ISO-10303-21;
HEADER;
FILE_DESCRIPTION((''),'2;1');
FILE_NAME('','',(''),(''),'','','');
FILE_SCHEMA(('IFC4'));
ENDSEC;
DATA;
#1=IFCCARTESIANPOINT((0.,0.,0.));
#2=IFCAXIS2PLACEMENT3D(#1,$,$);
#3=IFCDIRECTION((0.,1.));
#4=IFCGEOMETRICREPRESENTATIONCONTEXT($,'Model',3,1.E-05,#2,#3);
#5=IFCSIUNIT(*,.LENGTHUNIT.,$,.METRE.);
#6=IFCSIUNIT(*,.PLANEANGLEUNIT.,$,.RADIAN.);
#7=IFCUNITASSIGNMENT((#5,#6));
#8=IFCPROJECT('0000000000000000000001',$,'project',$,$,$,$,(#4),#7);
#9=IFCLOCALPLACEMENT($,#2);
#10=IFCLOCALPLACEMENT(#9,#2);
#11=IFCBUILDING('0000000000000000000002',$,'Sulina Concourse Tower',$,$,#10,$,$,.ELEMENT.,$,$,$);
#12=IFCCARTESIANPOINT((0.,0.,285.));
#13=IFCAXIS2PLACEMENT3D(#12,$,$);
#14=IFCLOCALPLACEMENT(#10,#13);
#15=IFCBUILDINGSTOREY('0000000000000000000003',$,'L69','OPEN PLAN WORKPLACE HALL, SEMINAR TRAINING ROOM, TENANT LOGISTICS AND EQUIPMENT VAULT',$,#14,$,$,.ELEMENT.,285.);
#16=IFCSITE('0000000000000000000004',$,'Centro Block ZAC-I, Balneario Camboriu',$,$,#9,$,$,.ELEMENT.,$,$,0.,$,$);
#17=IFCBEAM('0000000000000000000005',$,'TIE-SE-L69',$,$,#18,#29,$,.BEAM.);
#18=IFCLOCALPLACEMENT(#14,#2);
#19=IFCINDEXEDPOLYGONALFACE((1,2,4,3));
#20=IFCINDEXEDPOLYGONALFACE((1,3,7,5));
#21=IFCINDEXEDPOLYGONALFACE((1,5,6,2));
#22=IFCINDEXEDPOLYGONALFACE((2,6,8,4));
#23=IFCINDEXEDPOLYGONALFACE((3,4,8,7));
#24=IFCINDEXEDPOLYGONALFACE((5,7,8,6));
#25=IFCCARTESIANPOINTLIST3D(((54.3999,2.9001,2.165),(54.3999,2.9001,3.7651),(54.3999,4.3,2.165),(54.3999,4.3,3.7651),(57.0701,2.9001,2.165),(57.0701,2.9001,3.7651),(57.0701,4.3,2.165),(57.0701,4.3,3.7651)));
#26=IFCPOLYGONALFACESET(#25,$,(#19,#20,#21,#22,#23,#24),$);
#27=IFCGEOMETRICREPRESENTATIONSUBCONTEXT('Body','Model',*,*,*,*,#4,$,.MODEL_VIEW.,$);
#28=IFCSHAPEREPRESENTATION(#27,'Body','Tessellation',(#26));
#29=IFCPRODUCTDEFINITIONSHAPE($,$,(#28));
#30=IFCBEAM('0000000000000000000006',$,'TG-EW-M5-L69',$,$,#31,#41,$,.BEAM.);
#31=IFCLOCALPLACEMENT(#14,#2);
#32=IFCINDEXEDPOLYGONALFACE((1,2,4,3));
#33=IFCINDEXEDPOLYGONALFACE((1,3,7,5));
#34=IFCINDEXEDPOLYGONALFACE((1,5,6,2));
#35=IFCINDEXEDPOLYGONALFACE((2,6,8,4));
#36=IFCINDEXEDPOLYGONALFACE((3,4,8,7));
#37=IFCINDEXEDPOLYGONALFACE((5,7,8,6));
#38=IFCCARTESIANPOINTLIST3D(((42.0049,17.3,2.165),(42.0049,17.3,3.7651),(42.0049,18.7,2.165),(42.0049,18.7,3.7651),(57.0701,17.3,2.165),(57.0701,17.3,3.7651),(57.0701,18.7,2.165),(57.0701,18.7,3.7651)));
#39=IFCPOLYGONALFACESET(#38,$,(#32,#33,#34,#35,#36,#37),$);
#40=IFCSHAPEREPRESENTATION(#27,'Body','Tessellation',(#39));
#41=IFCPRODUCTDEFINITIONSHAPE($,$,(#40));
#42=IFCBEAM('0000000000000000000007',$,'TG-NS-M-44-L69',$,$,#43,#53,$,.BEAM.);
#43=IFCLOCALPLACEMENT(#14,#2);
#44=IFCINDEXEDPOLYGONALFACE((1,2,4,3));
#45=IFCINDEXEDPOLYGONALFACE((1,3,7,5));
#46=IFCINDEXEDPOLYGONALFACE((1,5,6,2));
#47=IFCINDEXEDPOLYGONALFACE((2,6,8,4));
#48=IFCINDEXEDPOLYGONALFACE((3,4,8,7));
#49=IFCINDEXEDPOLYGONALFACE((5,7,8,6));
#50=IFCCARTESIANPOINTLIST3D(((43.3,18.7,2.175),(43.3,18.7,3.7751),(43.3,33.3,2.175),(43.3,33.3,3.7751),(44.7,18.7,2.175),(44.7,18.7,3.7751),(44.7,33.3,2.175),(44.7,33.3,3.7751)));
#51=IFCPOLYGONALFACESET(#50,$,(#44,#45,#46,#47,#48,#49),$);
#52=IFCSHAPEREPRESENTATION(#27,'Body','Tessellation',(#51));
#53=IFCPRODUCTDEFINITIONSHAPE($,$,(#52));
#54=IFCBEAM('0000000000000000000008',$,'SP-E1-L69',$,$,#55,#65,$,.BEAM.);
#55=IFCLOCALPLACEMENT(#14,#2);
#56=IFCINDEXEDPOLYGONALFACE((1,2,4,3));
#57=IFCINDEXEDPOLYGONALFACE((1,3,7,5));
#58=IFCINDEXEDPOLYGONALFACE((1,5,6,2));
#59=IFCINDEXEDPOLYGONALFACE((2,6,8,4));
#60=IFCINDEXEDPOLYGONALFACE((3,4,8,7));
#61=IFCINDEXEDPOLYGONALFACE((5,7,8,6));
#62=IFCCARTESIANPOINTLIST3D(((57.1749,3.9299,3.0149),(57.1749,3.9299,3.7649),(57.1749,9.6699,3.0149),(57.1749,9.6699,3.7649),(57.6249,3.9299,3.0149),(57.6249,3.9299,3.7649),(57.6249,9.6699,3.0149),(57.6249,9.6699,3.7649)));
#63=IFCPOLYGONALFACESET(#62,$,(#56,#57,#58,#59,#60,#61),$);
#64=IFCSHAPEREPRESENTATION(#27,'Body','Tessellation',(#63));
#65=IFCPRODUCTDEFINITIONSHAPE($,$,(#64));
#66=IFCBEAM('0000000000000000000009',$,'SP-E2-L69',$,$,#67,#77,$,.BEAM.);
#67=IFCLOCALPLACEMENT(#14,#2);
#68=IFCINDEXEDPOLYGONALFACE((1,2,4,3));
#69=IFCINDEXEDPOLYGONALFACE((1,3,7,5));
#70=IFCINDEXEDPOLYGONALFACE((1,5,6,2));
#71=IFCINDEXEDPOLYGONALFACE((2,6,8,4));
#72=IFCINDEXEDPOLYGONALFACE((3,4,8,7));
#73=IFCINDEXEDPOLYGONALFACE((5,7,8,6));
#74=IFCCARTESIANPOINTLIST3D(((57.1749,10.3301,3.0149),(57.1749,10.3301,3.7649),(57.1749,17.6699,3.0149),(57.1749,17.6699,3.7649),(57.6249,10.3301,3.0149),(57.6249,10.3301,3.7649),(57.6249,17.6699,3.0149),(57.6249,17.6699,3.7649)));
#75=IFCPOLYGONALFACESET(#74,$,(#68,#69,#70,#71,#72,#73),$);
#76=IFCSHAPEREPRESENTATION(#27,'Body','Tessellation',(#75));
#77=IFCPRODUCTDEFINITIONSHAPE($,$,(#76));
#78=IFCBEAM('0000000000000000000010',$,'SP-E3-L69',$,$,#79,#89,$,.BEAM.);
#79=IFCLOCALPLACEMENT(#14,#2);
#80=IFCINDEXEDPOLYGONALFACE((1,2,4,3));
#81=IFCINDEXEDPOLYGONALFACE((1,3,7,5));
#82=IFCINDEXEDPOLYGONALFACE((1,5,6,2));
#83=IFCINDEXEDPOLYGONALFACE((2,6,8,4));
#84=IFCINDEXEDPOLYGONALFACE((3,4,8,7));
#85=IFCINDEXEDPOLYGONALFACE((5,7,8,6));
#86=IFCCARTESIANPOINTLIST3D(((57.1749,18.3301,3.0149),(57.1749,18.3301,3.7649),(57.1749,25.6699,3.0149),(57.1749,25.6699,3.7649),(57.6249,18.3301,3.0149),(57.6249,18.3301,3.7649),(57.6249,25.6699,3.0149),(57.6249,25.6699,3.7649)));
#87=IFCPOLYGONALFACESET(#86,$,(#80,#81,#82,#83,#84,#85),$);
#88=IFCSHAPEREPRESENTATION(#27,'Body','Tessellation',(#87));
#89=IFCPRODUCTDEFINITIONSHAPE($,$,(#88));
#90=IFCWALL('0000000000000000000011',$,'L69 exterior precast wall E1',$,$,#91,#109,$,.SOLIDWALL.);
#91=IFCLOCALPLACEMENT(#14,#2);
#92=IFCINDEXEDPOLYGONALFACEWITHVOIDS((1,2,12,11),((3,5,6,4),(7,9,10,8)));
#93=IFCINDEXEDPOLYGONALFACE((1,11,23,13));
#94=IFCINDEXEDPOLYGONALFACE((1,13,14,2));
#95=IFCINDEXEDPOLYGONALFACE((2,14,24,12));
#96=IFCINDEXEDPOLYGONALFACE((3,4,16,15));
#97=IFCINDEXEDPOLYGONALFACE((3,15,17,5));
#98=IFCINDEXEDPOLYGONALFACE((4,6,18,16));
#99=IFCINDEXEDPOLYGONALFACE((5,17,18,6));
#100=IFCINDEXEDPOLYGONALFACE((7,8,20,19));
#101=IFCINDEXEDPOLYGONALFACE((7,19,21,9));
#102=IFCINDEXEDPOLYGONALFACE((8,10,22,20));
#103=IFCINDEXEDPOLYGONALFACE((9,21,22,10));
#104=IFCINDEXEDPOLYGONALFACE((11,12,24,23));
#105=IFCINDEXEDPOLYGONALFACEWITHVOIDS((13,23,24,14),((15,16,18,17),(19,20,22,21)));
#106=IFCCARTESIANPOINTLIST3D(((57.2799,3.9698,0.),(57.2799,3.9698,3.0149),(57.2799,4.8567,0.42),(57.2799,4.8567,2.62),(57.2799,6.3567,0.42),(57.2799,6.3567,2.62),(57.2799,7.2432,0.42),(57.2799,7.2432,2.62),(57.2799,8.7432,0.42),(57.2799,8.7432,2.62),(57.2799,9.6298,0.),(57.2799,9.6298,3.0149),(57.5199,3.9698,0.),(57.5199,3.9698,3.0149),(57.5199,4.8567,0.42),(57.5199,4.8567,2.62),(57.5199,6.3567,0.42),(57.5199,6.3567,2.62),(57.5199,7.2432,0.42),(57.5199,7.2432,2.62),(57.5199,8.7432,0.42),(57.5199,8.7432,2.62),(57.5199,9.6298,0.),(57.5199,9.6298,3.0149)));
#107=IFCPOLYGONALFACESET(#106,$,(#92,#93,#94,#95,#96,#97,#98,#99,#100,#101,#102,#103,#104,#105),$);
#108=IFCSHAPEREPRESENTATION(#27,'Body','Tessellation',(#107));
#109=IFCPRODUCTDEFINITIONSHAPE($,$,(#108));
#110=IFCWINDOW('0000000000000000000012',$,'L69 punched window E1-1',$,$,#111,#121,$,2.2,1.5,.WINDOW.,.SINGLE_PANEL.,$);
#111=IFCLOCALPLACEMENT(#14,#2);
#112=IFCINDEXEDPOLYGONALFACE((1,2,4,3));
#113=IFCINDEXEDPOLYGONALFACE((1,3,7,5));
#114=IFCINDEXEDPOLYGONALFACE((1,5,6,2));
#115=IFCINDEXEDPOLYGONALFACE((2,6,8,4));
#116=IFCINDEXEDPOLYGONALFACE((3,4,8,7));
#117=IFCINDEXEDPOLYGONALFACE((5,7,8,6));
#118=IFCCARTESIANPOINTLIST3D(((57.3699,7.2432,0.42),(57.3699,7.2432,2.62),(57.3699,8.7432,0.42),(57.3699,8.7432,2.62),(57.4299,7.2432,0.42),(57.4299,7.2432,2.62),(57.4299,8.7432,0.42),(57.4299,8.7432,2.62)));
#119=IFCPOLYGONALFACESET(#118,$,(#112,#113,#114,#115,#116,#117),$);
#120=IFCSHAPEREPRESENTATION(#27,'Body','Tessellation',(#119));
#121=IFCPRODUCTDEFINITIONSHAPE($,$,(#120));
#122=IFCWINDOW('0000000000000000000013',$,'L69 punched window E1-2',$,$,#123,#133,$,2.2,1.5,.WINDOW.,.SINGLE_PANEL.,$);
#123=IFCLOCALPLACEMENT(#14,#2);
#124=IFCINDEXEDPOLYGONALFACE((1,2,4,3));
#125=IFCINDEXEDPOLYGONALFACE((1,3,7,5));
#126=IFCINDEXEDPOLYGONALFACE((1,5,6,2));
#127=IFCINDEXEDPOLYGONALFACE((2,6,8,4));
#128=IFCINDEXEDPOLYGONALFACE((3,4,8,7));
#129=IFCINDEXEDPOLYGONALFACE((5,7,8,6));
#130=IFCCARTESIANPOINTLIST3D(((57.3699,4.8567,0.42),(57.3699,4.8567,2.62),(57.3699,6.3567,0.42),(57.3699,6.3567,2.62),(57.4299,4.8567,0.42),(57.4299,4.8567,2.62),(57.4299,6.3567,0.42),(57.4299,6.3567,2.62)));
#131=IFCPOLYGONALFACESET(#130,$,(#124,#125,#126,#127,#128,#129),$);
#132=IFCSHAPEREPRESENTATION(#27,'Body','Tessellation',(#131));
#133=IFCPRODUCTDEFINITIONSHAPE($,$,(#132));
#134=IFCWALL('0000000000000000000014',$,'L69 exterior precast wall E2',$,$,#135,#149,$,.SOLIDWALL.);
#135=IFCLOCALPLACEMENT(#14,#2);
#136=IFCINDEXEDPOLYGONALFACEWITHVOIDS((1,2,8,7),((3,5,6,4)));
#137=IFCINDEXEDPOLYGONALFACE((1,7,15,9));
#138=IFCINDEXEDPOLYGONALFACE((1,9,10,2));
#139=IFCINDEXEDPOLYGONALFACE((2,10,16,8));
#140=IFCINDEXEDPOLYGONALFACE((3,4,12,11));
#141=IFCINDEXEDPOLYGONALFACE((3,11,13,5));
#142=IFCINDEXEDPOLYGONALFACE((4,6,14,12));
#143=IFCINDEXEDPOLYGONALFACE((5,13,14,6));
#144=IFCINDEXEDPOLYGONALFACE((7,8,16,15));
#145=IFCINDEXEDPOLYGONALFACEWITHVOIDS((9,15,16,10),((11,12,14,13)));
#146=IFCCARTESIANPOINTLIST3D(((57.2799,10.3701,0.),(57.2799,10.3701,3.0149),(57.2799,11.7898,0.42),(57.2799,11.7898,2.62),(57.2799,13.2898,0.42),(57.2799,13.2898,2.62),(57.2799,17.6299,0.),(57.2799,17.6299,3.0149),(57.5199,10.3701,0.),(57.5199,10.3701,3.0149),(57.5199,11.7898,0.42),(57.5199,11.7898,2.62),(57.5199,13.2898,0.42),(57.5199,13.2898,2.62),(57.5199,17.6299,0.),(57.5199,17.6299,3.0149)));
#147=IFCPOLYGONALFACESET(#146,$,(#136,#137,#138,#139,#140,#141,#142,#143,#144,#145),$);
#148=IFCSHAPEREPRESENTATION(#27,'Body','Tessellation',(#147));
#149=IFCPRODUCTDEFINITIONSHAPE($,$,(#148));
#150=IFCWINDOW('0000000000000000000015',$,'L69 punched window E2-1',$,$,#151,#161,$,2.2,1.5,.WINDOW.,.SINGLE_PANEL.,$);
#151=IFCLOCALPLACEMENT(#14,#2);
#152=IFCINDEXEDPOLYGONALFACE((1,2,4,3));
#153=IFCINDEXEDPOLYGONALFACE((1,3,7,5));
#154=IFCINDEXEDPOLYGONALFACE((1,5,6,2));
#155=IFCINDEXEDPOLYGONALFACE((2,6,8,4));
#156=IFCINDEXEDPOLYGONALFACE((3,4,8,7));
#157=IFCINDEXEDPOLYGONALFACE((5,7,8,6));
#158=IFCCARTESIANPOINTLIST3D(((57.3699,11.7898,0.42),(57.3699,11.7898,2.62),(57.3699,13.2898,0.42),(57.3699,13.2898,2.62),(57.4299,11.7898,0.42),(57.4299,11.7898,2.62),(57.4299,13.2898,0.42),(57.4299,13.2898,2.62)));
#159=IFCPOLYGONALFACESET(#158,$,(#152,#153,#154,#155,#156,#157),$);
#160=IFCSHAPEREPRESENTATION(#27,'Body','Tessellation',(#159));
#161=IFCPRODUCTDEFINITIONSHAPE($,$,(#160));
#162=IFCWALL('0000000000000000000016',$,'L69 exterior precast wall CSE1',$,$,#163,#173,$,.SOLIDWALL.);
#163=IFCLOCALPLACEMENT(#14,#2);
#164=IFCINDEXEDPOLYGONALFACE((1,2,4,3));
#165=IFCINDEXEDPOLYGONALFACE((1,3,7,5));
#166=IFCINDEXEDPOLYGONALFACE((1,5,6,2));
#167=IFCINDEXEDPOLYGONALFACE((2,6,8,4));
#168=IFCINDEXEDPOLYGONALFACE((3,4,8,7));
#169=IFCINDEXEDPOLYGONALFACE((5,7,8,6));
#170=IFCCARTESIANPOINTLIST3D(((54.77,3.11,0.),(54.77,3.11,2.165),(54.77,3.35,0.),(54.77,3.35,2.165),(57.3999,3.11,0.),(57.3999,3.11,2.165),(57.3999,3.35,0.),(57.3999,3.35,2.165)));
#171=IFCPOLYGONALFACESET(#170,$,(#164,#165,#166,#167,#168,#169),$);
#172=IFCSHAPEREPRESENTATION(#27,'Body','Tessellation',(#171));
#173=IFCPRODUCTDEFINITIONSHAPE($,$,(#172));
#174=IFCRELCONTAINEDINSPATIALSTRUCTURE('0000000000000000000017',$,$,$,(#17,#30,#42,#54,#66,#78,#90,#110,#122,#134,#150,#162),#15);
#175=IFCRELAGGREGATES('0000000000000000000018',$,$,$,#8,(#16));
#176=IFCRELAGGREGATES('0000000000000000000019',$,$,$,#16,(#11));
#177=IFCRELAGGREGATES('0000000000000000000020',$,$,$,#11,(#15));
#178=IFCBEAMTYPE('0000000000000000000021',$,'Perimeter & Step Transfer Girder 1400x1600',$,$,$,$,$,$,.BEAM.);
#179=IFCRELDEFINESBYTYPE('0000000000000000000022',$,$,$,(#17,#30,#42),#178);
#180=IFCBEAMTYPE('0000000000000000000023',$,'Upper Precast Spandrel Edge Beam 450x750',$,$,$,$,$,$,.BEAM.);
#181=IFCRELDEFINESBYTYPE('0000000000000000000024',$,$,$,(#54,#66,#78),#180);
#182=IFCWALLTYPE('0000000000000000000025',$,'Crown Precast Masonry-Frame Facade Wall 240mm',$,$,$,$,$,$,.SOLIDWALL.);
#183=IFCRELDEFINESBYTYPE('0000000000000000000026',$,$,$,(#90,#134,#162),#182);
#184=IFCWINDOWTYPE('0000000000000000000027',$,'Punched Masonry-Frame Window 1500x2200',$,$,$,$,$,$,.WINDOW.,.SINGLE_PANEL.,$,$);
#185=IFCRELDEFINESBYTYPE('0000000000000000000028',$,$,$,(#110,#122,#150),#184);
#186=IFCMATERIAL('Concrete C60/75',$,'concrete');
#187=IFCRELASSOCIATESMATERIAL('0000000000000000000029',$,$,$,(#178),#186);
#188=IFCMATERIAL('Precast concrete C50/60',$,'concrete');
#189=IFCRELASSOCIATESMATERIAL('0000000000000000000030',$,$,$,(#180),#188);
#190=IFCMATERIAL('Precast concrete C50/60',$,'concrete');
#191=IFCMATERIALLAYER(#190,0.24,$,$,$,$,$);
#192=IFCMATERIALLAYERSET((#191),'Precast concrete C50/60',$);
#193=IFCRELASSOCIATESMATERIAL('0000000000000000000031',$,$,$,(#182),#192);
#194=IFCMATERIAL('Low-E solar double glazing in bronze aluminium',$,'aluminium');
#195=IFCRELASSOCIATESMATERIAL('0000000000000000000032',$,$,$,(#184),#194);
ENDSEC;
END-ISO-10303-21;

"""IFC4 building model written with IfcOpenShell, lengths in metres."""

from ifc_helpers import new_model, si_unit, direction, frame, frame_2d, origin, origin_2d, place, context, subcontext, project, spatial, rectangle, extrude, material, layer, layer_set, material_profile, profile_set, type_object, element, fill, save


model = new_model("IFC4")

# Units and contexts
model_context = context("Model", 3, precision=1e-05, world=origin(), true_north=direction((0.0, 1.0)))
body_context = subcontext(model_context, "Body", "Model", "MODEL_VIEW")
ifc_project = project(units=[si_unit("LENGTHUNIT", "METRE"), si_unit("PLANEANGLEUNIT", "RADIAN")], contexts=[model_context])

# Site, building, storey
site_placement = place(None, origin())
site = spatial("IfcSite", under=ifc_project, at=site_placement, Name="Centro Block ZAC-I, Balneario Camboriu", CompositionType="ELEMENT", RefElevation=0.0)
building_placement = place(site_placement, origin())
building = spatial("IfcBuilding", under=site, at=building_placement, Name="Sulina Concourse Tower", CompositionType="ELEMENT")
storey_placement = place(building_placement, frame((0.0, 0.0, 285.0)))
storey = spatial("IfcBuildingStorey", under=building, at=storey_placement, Name="L69", Description="OPEN PLAN WORKPLACE HALL, SEMINAR TRAINING ROOM, TENANT LOGISTICS AND EQUIPMENT VAULT", CompositionType="ELEMENT", Elevation=285.0)

# Beams
ifc_material_1 = material(Name="Concrete C60/75", Category="concrete")
ifc_material_profile_1 = material_profile(ifc_material_1, rectangle(XDim=1.3999, YDim=1.6001, at=origin_2d()), Name="RC 1400x1600")
ifc_profile_set_1 = profile_set([ifc_material_profile_1], Name="Concrete C60/75")
beam_type_1 = type_object("IfcBeamType", Name="Perimeter & Step Transfer Girder 1400x1600", PredefinedType="BEAM", material=ifc_profile_set_1)
beam_1_placement = place(storey_placement, frame((54.3999, 3.6001, 2.9651), z_axis=(1.0, 0.0, 0.0), x_axis=(0.0, 1.0, 0.0)))
element("IfcBeam", 1, at=beam_1_placement, inside=storey, type_object=beam_type_1, Name="TIE-SE-L69", PredefinedType="BEAM", context=body_context, shape_type="SweptSolid", body=[
    extrude(rectangle(XDim=1.3999, YDim=1.6001, at=origin_2d()), origin(), (0.0, 0.0, 1.0), 2.6702),
])
beam_2_placement = place(storey_placement, frame((42.0049, 18.0, 2.9651), z_axis=(1.0, 0.0, 0.0), x_axis=(0.0, 1.0, 0.0)))
element("IfcBeam", 2, at=beam_2_placement, inside=storey, type_object=beam_type_1, Name="TG-EW-M5-L69", PredefinedType="BEAM", context=body_context, shape_type="SweptSolid", body=[
    extrude(rectangle(XDim=1.3999, YDim=1.6001, at=origin_2d()), origin(), (0.0, 0.0, 1.0), 15.0652),
])
beam_3_placement = place(storey_placement, frame((44.0, 18.7, 2.9751), z_axis=(0.0, 1.0, 0.0), x_axis=(-1.0, 0.0, 0.0)))
element("IfcBeam", 3, at=beam_3_placement, inside=storey, type_object=beam_type_1, Name="TG-NS-M-44-L69", PredefinedType="BEAM", context=body_context, shape_type="SweptSolid", body=[
    extrude(rectangle(XDim=1.3999, YDim=1.6001, at=origin_2d()), origin(), (0.0, 0.0, 1.0), 14.6001),
])
ifc_material_2 = material(Name="Precast concrete C50/60", Category="concrete")
ifc_material_profile_2 = material_profile(ifc_material_2, rectangle(XDim=0.45, YDim=0.75, at=origin_2d()), Name="RC 450x750")
ifc_profile_set_2 = profile_set([ifc_material_profile_2], Name="Precast concrete C50/60")
beam_type_2 = type_object("IfcBeamType", Name="Upper Precast Spandrel Edge Beam 450x750", PredefinedType="BEAM", material=ifc_profile_set_2)
beam_4_placement = place(storey_placement, frame((57.3999, 3.9299, 3.3899), z_axis=(0.0, 1.0, 0.0), x_axis=(-1.0, 0.0, 0.0)))
element("IfcBeam", 4, at=beam_4_placement, inside=storey, type_object=beam_type_2, Name="SP-E1-L69", PredefinedType="BEAM", context=body_context, shape_type="SweptSolid", body=[
    extrude(rectangle(XDim=0.45, YDim=0.75, at=origin_2d()), origin(), (0.0, 0.0, 1.0), 5.74),
])
for number, where, z_axis, x_axis, name in (
    (5, (57.3999, 10.3301, 3.3899), (0.0, 1.0, 0.0), (-1.0, 0.0, 0.0), "SP-E2-L69"),
    (6, (57.3999, 18.3301, 3.3899), (0.0, 1.0, 0.0), (-1.0, 0.0, 0.0), "SP-E3-L69"),
):
    element("IfcBeam", number, at=place(storey_placement, frame(where, z_axis=z_axis, x_axis=x_axis)), inside=storey, type_object=beam_type_2, Name=name, PredefinedType="BEAM", context=body_context, shape_type="SweptSolid", body=[
        extrude(rectangle(XDim=0.45, YDim=0.75, at=origin_2d()), origin(), (0.0, 0.0, 1.0), 7.3398),
    ])

# Wall, openings, windows
ifc_material_3 = material(Name="Precast concrete C50/60", Category="concrete")
ifc_layer_1 = layer(ifc_material_3, 0.24)
ifc_layer_set_1 = layer_set([ifc_layer_1], Name="Precast concrete C50/60")
wall_type_1 = type_object("IfcWallType", Name="Crown Precast Masonry-Frame Facade Wall 240mm", PredefinedType="SOLIDWALL", material=ifc_layer_set_1)
wall_1_placement = place(storey_placement, frame((57.3999, 9.6299, 0.0), z_axis=(0.0, 0.0, 1.0), x_axis=(0.0, -1.0, 0.0)))
wall_1 = element("IfcWall", 7, at=wall_1_placement, inside=storey, type_object=wall_type_1, Name="L69 exterior precast wall E1", PredefinedType="SOLIDWALL", context=body_context, shape_type="SweptSolid", body=[
    extrude(rectangle(XDim=5.6599, YDim=0.24, at=frame_2d((2.8301, 0.0))), origin(), (0.0, 0.0, 1.0), 3.0149),
])
opening_1_placement = place(wall_1_placement, frame((0.8867, 0.0, 0.4199)))
opening_1 = element("IfcOpeningElement", 8, at=opening_1_placement, cuts=wall_1, PredefinedType="OPENING", context=body_context, shape_type="SweptSolid", body=[
    extrude(rectangle(XDim=1.5, YDim=2.2, at=frame_2d((0.75, 1.1001))), frame((0.0, 0.1299, 0.0), z_axis=(0.0, -1.0, 0.0), x_axis=(1.0, 0.0, 0.0)), (0.0, 0.0, 1.0), 0.26),
])
opening_2_placement = place(wall_1_placement, frame((3.2732, 0.0, 0.4199)))
opening_2 = element("IfcOpeningElement", 9, at=opening_2_placement, cuts=wall_1, PredefinedType="OPENING", context=body_context, shape_type="SweptSolid", body=[
    extrude(rectangle(XDim=1.5, YDim=2.2, at=frame_2d((0.75, 1.1001))), frame((0.0, 0.1299, 0.0), z_axis=(0.0, -1.0, 0.0), x_axis=(1.0, 0.0, 0.0)), (0.0, 0.0, 1.0), 0.26),
])
ifc_material_4 = material(Name="Low-E solar double glazing in bronze aluminium", Category="aluminium")
window_type = type_object("IfcWindowType", Name="Punched Masonry-Frame Window 1500x2200", PartitioningType="SINGLE_PANEL", PredefinedType="WINDOW", material=ifc_material_4)
window_1_placement = place(opening_1_placement, origin())
window_1 = element("IfcWindow", 10, at=window_1_placement, inside=storey, type_object=window_type, Name="L69 punched window E1-1", OverallHeight=2.2, OverallWidth=1.5, PartitioningType="SINGLE_PANEL", PredefinedType="WINDOW", context=body_context, shape_type="SweptSolid", body=[
    extrude(rectangle(XDim=1.5, YDim=2.2, at=frame_2d((0.75, 1.1001))), frame((0.0, 0.03, 0.0), z_axis=(0.0, -1.0, 0.0), x_axis=(1.0, 0.0, 0.0)), (0.0, 0.0, 1.0), 0.0601),
])
fill(opening_1, window_1)
window_2_placement = place(opening_2_placement, origin())
window_2 = element("IfcWindow", 11, at=window_2_placement, inside=storey, type_object=window_type, Name="L69 punched window E1-2", OverallHeight=2.2, OverallWidth=1.5, PartitioningType="SINGLE_PANEL", PredefinedType="WINDOW", context=body_context, shape_type="SweptSolid", body=[
    extrude(rectangle(XDim=1.5, YDim=2.2, at=frame_2d((0.75, 1.1001))), frame((0.0, 0.03, 0.0), z_axis=(0.0, -1.0, 0.0), x_axis=(1.0, 0.0, 0.0)), (0.0, 0.0, 1.0), 0.0601),
])
fill(opening_2, window_2)

# Wall, opening, window
wall_2_placement = place(storey_placement, frame((57.3999, 17.6299, 0.0), z_axis=(0.0, 0.0, 1.0), x_axis=(0.0, -1.0, 0.0)))
wall_2 = element("IfcWall", 12, at=wall_2_placement, inside=storey, type_object=wall_type_1, Name="L69 exterior precast wall E2", PredefinedType="SOLIDWALL", context=body_context, shape_type="SweptSolid", body=[
    extrude(rectangle(XDim=7.2598, YDim=0.24, at=frame_2d((3.6299, 0.0))), origin(), (0.0, 0.0, 1.0), 3.0149),
])
opening_3_placement = place(wall_2_placement, frame((4.3401, 0.0, 0.4199)))
opening_3 = element("IfcOpeningElement", 13, at=opening_3_placement, cuts=wall_2, PredefinedType="OPENING", context=body_context, shape_type="SweptSolid", body=[
    extrude(rectangle(XDim=1.5, YDim=2.2, at=frame_2d((0.75, 1.1001))), frame((0.0, 0.1299, 0.0), z_axis=(0.0, -1.0, 0.0), x_axis=(1.0, 0.0, 0.0)), (0.0, 0.0, 1.0), 0.26),
])
window_3_placement = place(opening_3_placement, origin())
window_3 = element("IfcWindow", 14, at=window_3_placement, inside=storey, type_object=window_type, Name="L69 punched window E2-1", OverallHeight=2.2, OverallWidth=1.5, PartitioningType="SINGLE_PANEL", PredefinedType="WINDOW", context=body_context, shape_type="SweptSolid", body=[
    extrude(rectangle(XDim=1.5, YDim=2.2, at=frame_2d((0.75, 1.1001))), frame((0.0, 0.03, 0.0), z_axis=(0.0, -1.0, 0.0), x_axis=(1.0, 0.0, 0.0)), (0.0, 0.0, 1.0), 0.0601),
])
fill(opening_3, window_3)

# Wall
wall_3_placement = place(storey_placement, frame((57.3999, 3.23, 0.0), z_axis=(0.0, 0.0, 1.0), x_axis=(-1.0, 0.0, 0.0)))
element("IfcWall", 15, at=wall_3_placement, inside=storey, type_object=wall_type_1, Name="L69 exterior precast wall CSE1", PredefinedType="SOLIDWALL", context=body_context, shape_type="SweptSolid", body=[
    extrude(rectangle(XDim=2.6299, YDim=0.24, at=frame_2d((1.3149, 0.0))), origin(), (0.0, 0.0, 1.0), 2.165),
])

save(model, "model.ifc")
